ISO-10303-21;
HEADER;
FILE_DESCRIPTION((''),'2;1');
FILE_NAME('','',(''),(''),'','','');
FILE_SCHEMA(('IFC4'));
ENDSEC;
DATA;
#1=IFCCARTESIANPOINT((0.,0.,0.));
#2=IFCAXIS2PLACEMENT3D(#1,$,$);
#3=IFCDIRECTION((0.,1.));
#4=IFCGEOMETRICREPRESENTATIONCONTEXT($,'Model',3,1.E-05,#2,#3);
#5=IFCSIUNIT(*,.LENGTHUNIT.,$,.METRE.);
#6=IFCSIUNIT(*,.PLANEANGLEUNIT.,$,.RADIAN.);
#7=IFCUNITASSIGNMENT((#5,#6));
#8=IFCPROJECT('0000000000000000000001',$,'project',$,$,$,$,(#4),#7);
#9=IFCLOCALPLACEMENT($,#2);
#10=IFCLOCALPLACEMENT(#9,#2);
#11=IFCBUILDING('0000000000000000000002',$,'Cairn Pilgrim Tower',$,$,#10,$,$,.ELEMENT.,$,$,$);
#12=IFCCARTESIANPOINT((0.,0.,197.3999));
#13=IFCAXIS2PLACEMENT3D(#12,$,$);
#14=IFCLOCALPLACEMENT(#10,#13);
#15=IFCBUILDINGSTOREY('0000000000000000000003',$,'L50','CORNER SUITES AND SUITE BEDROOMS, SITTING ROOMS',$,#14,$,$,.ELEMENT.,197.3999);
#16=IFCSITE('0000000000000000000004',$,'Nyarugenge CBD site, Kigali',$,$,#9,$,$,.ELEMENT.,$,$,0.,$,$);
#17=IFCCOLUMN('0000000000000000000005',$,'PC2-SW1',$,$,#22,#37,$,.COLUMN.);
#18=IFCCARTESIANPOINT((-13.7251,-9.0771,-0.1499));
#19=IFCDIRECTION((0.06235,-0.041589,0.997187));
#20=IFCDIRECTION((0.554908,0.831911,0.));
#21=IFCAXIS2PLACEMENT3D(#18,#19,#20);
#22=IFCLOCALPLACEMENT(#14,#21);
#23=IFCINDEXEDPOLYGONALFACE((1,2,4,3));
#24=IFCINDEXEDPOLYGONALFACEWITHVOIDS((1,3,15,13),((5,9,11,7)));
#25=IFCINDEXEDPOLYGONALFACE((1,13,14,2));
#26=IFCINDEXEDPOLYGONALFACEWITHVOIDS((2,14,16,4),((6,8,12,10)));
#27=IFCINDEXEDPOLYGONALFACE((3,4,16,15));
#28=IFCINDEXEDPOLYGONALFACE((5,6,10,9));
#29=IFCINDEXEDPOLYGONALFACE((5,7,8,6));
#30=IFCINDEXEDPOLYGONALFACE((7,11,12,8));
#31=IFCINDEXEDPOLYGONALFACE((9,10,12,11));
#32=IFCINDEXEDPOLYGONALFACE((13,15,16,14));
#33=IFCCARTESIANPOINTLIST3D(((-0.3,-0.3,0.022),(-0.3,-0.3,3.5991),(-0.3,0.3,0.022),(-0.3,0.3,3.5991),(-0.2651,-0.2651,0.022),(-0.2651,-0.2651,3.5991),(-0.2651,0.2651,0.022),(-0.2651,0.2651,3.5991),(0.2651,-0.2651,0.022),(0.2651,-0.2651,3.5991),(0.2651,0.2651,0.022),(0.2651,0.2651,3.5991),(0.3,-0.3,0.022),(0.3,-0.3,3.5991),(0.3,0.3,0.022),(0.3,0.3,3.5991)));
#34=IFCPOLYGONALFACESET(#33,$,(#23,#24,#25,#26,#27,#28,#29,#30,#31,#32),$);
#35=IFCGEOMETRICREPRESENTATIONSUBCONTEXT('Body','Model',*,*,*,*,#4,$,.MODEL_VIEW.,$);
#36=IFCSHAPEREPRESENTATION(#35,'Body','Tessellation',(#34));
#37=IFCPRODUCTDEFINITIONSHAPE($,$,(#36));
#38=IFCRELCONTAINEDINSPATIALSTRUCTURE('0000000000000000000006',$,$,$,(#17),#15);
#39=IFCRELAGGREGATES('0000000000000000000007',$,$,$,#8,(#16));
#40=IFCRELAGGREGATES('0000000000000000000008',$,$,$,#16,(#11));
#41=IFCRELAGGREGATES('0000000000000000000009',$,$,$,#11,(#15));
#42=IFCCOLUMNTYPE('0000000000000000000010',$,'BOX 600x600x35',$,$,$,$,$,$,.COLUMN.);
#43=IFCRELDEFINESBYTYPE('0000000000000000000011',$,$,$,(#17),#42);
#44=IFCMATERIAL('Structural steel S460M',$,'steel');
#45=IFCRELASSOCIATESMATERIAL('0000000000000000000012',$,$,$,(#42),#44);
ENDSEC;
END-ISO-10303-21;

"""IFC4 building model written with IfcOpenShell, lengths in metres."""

from ifc_helpers import new_model, si_unit, direction, frame, origin, origin_2d, place, context, subcontext, project, spatial, hollow_rectangle, extrude, clip, halfspace, material, material_profile, profile_set, type_object, element, save


model = new_model("IFC4")

# Units and contexts
model_context = context("Model", 3, precision=1e-05, world=origin(), true_north=direction((0.0, 1.0)))
body_context = subcontext(model_context, "Body", "Model", "MODEL_VIEW")
ifc_project = project(units=[si_unit("LENGTHUNIT", "METRE"), si_unit("PLANEANGLEUNIT", "RADIAN")], contexts=[model_context])

# Site, building, storey
site_placement = place(None, origin())
site = spatial("IfcSite", under=ifc_project, at=site_placement, Name="Nyarugenge CBD site, Kigali", CompositionType="ELEMENT", RefElevation=0.0)
building_placement = place(site_placement, origin())
building = spatial("IfcBuilding", under=site, at=building_placement, Name="Cairn Pilgrim Tower", CompositionType="ELEMENT")
storey_placement = place(building_placement, frame((0.0, 0.0, 197.3999)))
storey = spatial("IfcBuildingStorey", under=building, at=storey_placement, Name="L50", Description="CORNER SUITES AND SUITE BEDROOMS, SITTING ROOMS", CompositionType="ELEMENT", Elevation=197.3999)

# Column
ifc_material_1 = material(Name="Structural steel S460M", Category="steel")
ifc_material_profile_1 = material_profile(ifc_material_1, hollow_rectangle(XDim=0.6001, YDim=0.6001, WallThickness=0.0349, at=origin_2d()), Name="BOX 600x600x35")
ifc_profile_set_1 = profile_set([ifc_material_profile_1], Name="Structural steel S460M")
column_type_1 = type_object("IfcColumnType", Name="BOX 600x600x35", PredefinedType="COLUMN", material=ifc_profile_set_1)
column_1_placement = place(storey_placement, frame((-13.7251, -9.0771, -0.1499), z_axis=(0.06235, -0.041589, 0.997187), x_axis=(0.554908, 0.831911, 0.0)))
element("IfcColumn", 1, at=column_1_placement, inside=storey, type_object=column_type_1, Name="PC2-SW1", PredefinedType="COLUMN", context=body_context, shape_type="Clipping", body=[
    clip(clip(extrude(hollow_rectangle(XDim=0.6001, YDim=0.6001, WallThickness=0.0349, at=origin_2d()), origin(), (0.0, 0.0, 1.0), 3.6104), halfspace(frame((0.0, 0.0, 0.022), z_axis=(0.0, 0.0, 1.0), x_axis=(1.0, 0.0, 0.0)), True)), halfspace(frame((0.0, 0.0, 3.5991), z_axis=(0.0, 0.0, 1.0), x_axis=(1.0, 0.0, 0.0)), False)),
])

save(model, "model.ifc")
